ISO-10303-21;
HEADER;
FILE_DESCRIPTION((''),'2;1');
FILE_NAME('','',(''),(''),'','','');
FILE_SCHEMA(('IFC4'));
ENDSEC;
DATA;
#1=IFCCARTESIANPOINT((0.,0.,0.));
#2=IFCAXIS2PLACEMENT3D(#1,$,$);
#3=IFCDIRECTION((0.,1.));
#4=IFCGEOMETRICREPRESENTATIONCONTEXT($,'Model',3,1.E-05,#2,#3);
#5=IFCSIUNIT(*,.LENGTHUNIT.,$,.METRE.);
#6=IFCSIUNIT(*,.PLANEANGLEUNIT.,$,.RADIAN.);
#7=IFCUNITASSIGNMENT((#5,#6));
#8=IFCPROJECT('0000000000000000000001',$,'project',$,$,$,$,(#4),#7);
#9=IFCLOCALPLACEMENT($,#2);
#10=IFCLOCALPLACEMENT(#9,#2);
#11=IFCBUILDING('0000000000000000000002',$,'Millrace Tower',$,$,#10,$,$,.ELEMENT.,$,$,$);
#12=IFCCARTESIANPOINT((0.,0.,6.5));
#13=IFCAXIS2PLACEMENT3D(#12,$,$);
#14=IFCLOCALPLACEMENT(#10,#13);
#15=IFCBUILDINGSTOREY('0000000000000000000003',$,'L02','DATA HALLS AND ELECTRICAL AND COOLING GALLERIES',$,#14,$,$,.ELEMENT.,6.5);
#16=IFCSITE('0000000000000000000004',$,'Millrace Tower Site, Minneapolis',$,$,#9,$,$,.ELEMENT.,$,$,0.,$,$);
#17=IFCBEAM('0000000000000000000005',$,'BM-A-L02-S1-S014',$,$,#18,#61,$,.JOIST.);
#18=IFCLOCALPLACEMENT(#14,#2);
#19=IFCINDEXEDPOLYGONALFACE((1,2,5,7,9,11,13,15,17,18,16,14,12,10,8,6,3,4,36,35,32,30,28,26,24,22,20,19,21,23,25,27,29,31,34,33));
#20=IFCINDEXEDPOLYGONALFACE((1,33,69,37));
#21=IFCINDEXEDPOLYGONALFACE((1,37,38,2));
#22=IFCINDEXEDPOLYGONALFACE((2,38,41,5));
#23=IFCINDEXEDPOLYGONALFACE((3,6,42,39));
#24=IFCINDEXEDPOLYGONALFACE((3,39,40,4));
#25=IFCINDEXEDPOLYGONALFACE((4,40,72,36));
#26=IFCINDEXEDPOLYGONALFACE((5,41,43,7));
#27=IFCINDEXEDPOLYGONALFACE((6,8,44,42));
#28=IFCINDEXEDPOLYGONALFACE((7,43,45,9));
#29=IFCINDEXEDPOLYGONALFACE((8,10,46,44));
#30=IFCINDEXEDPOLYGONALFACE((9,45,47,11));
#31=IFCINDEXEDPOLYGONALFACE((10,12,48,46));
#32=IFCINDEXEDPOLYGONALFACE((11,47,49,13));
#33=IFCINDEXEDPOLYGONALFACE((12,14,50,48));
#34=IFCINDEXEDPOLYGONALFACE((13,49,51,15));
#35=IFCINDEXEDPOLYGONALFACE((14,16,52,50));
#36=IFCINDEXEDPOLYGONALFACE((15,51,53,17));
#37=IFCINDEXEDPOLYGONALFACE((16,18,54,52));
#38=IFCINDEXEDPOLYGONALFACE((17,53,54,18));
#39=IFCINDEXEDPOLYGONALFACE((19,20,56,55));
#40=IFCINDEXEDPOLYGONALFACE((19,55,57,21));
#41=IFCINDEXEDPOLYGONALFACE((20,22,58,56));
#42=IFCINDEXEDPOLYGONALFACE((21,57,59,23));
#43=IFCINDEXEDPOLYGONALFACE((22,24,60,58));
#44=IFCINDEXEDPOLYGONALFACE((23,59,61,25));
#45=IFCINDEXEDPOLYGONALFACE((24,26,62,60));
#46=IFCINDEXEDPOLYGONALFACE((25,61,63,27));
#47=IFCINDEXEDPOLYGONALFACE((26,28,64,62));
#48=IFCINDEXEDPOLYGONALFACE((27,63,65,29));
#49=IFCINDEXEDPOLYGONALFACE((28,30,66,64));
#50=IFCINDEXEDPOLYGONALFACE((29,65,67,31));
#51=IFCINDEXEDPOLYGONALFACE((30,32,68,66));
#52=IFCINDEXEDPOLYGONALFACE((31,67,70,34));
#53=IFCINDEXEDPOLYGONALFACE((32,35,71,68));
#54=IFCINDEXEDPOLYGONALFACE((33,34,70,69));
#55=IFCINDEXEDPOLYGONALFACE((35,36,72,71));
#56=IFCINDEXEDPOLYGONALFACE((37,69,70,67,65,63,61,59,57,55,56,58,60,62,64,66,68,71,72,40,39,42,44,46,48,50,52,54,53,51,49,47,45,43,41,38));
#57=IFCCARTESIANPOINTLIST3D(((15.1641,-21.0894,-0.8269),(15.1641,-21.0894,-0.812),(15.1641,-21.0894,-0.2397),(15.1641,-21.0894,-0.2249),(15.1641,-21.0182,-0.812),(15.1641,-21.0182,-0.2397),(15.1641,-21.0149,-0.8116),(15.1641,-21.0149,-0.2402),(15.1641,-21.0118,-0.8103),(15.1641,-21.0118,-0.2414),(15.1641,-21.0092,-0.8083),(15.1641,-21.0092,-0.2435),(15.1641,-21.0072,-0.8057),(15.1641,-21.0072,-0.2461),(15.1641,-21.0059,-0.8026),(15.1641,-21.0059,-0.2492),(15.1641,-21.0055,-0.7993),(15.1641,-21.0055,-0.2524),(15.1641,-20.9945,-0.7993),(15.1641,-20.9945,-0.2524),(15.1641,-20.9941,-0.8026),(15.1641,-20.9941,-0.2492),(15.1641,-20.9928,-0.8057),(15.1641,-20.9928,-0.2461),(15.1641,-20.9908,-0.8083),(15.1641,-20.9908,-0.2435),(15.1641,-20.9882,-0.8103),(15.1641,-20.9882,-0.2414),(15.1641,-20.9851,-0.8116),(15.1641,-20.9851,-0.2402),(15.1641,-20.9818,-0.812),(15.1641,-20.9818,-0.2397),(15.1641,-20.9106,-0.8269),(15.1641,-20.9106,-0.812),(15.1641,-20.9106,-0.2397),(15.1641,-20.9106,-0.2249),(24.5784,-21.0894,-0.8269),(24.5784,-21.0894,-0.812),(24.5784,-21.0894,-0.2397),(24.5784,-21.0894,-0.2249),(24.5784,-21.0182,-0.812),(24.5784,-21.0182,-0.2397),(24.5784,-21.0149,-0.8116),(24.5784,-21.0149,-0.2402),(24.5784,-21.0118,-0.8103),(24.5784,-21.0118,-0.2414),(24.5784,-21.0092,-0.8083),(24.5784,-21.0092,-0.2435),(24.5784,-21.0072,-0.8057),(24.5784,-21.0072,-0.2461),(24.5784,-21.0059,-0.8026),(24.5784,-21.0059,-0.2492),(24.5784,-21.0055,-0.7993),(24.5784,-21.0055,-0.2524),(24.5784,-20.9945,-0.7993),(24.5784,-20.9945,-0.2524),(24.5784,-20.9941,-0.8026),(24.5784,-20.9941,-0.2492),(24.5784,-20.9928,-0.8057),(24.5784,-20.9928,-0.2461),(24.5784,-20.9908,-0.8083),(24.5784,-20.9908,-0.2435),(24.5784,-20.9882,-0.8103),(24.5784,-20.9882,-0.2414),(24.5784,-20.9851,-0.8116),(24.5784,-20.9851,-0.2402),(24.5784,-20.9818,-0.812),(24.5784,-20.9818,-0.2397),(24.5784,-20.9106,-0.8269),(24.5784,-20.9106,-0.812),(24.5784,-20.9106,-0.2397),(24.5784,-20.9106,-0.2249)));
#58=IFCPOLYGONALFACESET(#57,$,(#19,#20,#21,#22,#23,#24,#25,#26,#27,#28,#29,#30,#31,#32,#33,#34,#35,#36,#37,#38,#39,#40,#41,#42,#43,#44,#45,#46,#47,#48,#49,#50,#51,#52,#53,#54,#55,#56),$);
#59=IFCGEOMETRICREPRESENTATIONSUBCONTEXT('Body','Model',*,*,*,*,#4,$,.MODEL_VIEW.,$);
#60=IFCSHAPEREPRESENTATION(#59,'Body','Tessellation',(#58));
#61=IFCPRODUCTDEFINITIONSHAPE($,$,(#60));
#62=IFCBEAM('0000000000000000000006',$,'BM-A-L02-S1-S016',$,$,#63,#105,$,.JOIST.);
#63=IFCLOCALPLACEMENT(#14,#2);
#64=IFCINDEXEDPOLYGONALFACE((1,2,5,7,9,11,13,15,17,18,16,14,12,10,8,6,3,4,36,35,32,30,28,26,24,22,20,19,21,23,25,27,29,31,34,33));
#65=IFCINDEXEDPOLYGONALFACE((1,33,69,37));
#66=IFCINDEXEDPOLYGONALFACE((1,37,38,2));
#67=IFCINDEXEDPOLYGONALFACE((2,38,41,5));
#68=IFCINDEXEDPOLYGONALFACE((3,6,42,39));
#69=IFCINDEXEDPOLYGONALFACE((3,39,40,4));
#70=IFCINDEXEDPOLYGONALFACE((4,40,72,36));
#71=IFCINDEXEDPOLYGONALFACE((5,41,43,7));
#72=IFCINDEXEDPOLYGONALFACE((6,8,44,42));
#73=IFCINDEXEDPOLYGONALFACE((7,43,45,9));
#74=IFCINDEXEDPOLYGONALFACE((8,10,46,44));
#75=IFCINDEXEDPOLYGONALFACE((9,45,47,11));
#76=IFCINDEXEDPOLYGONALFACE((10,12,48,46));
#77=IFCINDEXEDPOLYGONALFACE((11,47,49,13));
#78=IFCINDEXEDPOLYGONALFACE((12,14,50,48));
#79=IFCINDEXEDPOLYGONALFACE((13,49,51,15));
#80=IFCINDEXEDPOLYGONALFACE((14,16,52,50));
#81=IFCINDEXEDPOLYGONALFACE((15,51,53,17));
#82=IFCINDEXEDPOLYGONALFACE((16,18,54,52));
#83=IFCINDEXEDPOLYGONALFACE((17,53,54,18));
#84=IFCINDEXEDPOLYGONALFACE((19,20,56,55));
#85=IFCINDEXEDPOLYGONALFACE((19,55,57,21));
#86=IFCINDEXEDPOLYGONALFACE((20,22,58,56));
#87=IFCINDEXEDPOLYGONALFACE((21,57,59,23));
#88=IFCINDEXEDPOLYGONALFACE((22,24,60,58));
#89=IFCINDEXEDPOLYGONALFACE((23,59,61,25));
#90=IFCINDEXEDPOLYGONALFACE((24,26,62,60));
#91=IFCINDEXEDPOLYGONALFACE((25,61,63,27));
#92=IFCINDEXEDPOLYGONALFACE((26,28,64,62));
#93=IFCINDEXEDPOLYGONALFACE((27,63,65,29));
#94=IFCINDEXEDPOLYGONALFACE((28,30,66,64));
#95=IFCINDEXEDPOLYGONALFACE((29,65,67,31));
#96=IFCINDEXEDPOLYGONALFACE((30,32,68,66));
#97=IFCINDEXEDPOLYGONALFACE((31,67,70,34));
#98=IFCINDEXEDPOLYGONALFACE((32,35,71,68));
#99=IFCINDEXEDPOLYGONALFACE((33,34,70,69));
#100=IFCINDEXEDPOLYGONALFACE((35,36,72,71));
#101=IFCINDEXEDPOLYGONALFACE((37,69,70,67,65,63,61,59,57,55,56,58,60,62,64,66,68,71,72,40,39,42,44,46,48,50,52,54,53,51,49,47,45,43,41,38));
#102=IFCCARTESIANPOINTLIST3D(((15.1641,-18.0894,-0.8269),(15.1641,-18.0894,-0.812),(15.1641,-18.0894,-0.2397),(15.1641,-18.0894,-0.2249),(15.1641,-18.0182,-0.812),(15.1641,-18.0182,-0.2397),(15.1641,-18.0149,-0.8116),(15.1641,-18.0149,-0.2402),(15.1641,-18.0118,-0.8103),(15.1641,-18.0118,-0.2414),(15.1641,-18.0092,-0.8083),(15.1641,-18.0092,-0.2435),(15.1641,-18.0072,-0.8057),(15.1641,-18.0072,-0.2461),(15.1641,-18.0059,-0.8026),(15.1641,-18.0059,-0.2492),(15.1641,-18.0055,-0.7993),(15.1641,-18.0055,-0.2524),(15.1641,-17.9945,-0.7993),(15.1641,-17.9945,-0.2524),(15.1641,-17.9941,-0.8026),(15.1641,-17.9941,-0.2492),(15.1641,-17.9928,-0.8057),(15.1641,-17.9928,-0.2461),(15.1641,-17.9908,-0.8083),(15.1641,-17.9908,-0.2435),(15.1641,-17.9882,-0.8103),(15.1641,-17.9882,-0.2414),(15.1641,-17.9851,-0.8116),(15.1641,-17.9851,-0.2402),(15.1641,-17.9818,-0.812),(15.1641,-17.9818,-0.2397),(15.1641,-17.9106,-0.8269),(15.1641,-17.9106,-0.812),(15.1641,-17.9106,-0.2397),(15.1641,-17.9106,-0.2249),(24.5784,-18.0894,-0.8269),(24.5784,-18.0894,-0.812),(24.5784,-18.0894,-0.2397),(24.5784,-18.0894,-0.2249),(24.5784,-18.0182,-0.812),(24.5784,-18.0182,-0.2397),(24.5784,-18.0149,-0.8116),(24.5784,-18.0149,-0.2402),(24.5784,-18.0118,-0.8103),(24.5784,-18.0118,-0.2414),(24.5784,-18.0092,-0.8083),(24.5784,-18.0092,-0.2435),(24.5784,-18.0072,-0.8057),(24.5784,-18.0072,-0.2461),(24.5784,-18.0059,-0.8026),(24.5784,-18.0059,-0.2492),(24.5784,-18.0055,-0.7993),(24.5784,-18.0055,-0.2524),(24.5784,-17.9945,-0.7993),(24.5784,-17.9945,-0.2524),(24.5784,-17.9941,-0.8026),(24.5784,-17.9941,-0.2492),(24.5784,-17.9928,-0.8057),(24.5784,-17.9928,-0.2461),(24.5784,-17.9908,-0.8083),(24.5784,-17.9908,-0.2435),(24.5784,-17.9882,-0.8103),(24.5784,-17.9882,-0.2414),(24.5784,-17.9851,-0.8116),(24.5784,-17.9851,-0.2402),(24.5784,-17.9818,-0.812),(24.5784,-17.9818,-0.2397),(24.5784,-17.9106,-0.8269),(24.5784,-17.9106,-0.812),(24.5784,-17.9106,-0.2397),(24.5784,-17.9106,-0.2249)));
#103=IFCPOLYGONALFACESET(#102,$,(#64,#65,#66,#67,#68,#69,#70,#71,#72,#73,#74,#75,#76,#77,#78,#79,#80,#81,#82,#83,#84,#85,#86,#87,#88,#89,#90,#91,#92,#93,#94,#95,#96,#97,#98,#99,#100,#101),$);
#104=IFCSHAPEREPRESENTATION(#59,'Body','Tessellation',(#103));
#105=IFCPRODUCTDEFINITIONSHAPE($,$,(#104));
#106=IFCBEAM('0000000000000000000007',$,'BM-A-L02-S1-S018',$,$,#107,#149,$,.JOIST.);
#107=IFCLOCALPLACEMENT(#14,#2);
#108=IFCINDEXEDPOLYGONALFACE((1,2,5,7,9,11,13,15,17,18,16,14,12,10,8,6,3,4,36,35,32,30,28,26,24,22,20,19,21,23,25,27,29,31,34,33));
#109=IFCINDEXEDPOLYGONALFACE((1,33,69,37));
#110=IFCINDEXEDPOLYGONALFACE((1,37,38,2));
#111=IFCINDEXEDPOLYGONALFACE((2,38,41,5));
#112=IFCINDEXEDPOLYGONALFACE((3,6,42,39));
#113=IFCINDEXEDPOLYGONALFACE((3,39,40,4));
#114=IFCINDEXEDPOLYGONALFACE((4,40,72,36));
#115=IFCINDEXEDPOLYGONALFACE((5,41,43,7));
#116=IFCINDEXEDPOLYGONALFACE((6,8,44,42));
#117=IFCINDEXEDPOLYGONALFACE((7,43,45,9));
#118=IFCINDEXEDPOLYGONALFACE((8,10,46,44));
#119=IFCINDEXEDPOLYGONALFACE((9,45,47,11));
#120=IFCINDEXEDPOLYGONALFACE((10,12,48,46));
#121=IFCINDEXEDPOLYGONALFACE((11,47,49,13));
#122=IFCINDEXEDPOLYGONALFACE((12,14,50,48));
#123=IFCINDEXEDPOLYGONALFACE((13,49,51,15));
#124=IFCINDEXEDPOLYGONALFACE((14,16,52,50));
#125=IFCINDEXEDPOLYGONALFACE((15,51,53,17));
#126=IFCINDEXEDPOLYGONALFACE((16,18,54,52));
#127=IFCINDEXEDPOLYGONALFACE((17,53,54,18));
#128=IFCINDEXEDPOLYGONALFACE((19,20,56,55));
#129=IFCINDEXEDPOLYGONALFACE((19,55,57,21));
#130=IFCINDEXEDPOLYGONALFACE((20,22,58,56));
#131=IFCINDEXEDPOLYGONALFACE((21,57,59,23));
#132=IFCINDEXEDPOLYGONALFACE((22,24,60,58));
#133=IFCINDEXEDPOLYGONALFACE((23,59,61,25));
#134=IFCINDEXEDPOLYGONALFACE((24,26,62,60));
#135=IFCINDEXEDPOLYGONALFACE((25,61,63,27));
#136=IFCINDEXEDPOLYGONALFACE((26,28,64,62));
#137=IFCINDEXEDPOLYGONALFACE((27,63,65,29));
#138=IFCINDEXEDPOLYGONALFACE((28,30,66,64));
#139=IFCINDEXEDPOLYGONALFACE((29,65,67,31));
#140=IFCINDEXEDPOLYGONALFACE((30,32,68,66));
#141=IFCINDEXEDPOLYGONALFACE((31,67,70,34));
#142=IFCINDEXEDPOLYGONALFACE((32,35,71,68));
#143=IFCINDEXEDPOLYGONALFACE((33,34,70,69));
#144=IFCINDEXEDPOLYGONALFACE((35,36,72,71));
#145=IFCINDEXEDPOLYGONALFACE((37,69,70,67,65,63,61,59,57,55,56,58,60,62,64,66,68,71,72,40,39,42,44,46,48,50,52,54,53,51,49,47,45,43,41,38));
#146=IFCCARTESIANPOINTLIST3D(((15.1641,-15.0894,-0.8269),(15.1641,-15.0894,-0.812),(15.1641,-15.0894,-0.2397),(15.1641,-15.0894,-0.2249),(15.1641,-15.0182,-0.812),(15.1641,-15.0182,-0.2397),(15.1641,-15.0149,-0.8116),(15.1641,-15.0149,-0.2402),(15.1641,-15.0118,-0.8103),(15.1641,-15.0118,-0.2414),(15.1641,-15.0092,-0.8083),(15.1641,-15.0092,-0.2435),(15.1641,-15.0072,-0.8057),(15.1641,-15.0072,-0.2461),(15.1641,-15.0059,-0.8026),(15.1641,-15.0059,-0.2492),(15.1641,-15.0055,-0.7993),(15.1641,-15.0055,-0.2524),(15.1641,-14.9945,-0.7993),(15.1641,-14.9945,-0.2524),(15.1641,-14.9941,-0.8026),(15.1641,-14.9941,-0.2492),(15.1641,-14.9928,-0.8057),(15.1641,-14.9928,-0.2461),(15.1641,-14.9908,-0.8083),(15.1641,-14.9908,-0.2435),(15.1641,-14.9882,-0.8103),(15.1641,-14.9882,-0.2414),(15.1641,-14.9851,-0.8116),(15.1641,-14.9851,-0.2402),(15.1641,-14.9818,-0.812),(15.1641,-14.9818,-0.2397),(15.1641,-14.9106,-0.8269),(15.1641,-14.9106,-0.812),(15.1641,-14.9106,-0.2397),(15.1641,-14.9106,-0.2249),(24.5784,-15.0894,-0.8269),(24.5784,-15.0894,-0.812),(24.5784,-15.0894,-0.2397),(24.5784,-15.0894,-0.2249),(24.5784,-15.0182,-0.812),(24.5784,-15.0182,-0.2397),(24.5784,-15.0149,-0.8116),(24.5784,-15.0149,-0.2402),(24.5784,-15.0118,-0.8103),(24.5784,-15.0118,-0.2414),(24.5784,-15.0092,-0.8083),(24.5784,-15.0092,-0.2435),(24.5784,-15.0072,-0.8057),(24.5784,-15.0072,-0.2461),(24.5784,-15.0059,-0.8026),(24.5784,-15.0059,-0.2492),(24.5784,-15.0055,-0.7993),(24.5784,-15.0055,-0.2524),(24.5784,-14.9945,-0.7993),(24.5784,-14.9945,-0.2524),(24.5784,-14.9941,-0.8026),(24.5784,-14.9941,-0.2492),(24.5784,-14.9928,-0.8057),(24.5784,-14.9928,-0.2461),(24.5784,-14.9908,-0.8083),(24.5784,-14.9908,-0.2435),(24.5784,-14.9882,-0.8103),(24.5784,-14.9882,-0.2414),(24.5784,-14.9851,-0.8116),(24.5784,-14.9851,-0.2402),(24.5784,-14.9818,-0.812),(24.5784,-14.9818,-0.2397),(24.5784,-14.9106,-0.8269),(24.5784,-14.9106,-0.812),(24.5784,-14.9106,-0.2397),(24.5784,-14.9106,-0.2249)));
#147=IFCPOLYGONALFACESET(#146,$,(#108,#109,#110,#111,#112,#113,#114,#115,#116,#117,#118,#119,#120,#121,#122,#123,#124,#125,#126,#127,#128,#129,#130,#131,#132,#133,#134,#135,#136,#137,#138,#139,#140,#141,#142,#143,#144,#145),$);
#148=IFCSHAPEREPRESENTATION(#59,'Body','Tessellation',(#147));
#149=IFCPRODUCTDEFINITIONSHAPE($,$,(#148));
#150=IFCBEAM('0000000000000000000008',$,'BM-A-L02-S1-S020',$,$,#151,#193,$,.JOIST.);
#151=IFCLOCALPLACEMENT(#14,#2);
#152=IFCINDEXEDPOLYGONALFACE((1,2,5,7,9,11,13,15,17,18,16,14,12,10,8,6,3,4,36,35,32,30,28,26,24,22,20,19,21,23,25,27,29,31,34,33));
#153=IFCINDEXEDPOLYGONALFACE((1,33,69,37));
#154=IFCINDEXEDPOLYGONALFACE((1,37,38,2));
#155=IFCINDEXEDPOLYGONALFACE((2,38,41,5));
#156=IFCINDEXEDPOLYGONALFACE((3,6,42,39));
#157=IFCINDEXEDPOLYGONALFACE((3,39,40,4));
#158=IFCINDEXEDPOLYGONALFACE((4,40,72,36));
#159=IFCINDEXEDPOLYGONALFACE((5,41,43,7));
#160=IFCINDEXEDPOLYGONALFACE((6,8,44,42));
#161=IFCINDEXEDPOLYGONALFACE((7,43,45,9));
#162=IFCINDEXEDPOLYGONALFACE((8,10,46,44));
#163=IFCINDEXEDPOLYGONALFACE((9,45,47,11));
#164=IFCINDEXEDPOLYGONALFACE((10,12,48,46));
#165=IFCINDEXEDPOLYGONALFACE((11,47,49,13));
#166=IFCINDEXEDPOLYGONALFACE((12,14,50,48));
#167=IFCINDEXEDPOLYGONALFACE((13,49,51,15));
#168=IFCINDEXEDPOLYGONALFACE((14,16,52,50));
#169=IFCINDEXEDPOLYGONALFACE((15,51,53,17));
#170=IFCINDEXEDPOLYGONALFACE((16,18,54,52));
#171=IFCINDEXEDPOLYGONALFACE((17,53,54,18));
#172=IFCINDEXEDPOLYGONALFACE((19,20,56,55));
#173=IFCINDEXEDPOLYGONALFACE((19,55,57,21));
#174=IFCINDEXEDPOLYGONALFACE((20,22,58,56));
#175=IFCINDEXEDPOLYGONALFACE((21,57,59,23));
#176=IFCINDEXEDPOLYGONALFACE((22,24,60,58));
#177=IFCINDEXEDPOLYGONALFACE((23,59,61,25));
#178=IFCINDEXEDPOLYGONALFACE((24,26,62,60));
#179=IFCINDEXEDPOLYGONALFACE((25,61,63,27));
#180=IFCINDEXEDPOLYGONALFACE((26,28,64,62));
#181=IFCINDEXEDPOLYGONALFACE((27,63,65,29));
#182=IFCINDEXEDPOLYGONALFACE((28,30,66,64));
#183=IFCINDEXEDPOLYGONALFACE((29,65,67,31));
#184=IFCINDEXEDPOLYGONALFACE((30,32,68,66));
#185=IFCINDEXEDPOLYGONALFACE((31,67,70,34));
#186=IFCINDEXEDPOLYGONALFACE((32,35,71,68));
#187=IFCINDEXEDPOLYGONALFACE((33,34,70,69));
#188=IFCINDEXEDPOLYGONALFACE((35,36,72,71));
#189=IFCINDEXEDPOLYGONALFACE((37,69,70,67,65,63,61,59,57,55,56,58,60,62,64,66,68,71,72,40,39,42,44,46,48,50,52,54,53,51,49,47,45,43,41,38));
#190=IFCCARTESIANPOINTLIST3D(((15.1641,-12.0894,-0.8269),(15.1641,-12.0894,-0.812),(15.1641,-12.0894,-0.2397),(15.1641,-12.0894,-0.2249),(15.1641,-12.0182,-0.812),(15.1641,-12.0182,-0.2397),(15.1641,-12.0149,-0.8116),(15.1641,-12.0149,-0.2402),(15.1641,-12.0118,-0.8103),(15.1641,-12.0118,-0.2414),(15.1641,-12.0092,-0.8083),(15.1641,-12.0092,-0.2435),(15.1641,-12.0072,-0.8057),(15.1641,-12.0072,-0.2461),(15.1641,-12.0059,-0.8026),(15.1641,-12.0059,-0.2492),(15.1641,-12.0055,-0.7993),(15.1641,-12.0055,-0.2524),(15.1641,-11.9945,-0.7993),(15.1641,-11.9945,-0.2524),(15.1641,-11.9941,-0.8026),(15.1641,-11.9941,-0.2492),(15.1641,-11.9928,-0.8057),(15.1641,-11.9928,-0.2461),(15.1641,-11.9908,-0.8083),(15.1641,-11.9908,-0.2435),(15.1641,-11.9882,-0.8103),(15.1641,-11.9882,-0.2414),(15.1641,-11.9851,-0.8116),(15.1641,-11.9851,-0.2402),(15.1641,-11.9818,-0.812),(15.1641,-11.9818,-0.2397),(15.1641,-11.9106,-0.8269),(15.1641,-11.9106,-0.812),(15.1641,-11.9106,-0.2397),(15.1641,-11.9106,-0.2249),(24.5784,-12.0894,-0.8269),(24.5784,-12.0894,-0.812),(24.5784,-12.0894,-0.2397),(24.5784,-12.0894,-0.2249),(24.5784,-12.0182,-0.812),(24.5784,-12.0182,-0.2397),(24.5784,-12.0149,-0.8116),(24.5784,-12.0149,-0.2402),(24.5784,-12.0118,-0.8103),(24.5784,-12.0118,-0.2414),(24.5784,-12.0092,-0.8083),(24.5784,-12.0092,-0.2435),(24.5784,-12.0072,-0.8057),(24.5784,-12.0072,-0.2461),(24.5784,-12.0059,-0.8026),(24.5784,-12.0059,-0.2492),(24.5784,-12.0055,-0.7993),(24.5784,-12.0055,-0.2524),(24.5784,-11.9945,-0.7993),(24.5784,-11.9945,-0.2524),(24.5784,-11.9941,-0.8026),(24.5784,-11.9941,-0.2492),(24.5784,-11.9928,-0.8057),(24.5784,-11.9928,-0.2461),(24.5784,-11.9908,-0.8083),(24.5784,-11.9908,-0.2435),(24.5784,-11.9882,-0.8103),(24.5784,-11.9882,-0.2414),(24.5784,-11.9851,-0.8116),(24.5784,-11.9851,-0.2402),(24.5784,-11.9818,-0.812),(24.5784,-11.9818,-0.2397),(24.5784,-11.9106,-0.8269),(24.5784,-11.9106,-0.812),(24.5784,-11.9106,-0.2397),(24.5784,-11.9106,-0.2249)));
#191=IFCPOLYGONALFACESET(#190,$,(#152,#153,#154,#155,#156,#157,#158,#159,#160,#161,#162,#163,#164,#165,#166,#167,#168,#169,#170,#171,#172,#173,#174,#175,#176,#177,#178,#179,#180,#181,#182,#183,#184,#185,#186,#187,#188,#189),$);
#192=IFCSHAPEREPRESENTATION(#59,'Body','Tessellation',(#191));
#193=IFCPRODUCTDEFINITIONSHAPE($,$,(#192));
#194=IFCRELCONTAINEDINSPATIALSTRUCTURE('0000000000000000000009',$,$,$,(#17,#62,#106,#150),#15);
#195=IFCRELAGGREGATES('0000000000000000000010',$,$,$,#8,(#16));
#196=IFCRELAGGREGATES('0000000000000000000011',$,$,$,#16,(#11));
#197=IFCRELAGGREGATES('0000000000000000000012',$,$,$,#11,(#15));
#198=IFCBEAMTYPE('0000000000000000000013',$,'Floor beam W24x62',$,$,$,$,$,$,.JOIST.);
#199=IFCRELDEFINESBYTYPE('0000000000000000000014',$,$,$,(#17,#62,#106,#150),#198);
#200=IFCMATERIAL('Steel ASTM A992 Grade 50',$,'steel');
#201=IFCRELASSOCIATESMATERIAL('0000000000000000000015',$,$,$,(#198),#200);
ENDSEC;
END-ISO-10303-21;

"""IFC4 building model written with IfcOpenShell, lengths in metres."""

from ifc_helpers import new_model, si_unit, direction, frame, origin, origin_2d, place, context, subcontext, project, spatial, i_section, extrude, material, material_profile, profile_set, type_object, element, save


model = new_model("IFC4")

# Units and contexts
model_context = context("Model", 3, precision=1e-05, world=origin(), true_north=direction((0.0, 1.0)))
body_context = subcontext(model_context, "Body", "Model", "MODEL_VIEW")
ifc_project = project(units=[si_unit("LENGTHUNIT", "METRE"), si_unit("PLANEANGLEUNIT", "RADIAN")], contexts=[model_context])

# Site, building, storey
site_placement = place(None, origin())
site = spatial("IfcSite", under=ifc_project, at=site_placement, Name="Millrace Tower Site, Minneapolis", CompositionType="ELEMENT", RefElevation=0.0)
building_placement = place(site_placement, origin())
building = spatial("IfcBuilding", under=site, at=building_placement, Name="Millrace Tower", CompositionType="ELEMENT")
storey_placement = place(building_placement, frame((0.0, 0.0, 6.5)))
storey = spatial("IfcBuildingStorey", under=building, at=storey_placement, Name="L02", Description="DATA HALLS AND ELECTRICAL AND COOLING GALLERIES", CompositionType="ELEMENT", Elevation=6.5)

# Beams
ifc_material_1 = material(Name="Steel ASTM A992 Grade 50", Category="steel")
ifc_material_profile_1 = material_profile(ifc_material_1, i_section(OverallWidth=0.1787, OverallDepth=0.6021, WebThickness=0.011, FlangeThickness=0.0149, FilletRadius=0.0127, at=origin_2d()))
ifc_profile_set_1 = profile_set([ifc_material_profile_1], Name="Steel ASTM A992 Grade 50")
beam_type_1 = type_object("IfcBeamType", Name="Floor beam W24x62", PredefinedType="JOIST", material=ifc_profile_set_1)
for number, where, z_axis, x_axis, name in (
    (1, (15.1641, -21.0, -0.5259), (1.0, 0.0, 0.0), (0.0, 1.0, 0.0), "BM-A-L02-S1-S014"),
    (2, (15.1641, -18.0, -0.5259), (1.0, 0.0, 0.0), (0.0, 1.0, 0.0), "BM-A-L02-S1-S016"),
    (3, (15.1641, -15.0, -0.5259), (1.0, 0.0, 0.0), (0.0, 1.0, 0.0), "BM-A-L02-S1-S018"),
    (4, (15.1641, -12.0, -0.5259), (1.0, 0.0, 0.0), (0.0, 1.0, 0.0), "BM-A-L02-S1-S020"),
):
    element("IfcBeam", number, at=place(storey_placement, frame(where, z_axis=z_axis, x_axis=x_axis)), inside=storey, type_object=beam_type_1, Name=name, PredefinedType="JOIST", context=body_context, shape_type="SweptSolid", body=[
        extrude(i_section(OverallWidth=0.1787, OverallDepth=0.6021, WebThickness=0.011, FlangeThickness=0.0149, FilletRadius=0.0127, at=origin_2d()), origin(), (0.0, 0.0, 1.0), 9.4143),
    ])

save(model, "model.ifc")
